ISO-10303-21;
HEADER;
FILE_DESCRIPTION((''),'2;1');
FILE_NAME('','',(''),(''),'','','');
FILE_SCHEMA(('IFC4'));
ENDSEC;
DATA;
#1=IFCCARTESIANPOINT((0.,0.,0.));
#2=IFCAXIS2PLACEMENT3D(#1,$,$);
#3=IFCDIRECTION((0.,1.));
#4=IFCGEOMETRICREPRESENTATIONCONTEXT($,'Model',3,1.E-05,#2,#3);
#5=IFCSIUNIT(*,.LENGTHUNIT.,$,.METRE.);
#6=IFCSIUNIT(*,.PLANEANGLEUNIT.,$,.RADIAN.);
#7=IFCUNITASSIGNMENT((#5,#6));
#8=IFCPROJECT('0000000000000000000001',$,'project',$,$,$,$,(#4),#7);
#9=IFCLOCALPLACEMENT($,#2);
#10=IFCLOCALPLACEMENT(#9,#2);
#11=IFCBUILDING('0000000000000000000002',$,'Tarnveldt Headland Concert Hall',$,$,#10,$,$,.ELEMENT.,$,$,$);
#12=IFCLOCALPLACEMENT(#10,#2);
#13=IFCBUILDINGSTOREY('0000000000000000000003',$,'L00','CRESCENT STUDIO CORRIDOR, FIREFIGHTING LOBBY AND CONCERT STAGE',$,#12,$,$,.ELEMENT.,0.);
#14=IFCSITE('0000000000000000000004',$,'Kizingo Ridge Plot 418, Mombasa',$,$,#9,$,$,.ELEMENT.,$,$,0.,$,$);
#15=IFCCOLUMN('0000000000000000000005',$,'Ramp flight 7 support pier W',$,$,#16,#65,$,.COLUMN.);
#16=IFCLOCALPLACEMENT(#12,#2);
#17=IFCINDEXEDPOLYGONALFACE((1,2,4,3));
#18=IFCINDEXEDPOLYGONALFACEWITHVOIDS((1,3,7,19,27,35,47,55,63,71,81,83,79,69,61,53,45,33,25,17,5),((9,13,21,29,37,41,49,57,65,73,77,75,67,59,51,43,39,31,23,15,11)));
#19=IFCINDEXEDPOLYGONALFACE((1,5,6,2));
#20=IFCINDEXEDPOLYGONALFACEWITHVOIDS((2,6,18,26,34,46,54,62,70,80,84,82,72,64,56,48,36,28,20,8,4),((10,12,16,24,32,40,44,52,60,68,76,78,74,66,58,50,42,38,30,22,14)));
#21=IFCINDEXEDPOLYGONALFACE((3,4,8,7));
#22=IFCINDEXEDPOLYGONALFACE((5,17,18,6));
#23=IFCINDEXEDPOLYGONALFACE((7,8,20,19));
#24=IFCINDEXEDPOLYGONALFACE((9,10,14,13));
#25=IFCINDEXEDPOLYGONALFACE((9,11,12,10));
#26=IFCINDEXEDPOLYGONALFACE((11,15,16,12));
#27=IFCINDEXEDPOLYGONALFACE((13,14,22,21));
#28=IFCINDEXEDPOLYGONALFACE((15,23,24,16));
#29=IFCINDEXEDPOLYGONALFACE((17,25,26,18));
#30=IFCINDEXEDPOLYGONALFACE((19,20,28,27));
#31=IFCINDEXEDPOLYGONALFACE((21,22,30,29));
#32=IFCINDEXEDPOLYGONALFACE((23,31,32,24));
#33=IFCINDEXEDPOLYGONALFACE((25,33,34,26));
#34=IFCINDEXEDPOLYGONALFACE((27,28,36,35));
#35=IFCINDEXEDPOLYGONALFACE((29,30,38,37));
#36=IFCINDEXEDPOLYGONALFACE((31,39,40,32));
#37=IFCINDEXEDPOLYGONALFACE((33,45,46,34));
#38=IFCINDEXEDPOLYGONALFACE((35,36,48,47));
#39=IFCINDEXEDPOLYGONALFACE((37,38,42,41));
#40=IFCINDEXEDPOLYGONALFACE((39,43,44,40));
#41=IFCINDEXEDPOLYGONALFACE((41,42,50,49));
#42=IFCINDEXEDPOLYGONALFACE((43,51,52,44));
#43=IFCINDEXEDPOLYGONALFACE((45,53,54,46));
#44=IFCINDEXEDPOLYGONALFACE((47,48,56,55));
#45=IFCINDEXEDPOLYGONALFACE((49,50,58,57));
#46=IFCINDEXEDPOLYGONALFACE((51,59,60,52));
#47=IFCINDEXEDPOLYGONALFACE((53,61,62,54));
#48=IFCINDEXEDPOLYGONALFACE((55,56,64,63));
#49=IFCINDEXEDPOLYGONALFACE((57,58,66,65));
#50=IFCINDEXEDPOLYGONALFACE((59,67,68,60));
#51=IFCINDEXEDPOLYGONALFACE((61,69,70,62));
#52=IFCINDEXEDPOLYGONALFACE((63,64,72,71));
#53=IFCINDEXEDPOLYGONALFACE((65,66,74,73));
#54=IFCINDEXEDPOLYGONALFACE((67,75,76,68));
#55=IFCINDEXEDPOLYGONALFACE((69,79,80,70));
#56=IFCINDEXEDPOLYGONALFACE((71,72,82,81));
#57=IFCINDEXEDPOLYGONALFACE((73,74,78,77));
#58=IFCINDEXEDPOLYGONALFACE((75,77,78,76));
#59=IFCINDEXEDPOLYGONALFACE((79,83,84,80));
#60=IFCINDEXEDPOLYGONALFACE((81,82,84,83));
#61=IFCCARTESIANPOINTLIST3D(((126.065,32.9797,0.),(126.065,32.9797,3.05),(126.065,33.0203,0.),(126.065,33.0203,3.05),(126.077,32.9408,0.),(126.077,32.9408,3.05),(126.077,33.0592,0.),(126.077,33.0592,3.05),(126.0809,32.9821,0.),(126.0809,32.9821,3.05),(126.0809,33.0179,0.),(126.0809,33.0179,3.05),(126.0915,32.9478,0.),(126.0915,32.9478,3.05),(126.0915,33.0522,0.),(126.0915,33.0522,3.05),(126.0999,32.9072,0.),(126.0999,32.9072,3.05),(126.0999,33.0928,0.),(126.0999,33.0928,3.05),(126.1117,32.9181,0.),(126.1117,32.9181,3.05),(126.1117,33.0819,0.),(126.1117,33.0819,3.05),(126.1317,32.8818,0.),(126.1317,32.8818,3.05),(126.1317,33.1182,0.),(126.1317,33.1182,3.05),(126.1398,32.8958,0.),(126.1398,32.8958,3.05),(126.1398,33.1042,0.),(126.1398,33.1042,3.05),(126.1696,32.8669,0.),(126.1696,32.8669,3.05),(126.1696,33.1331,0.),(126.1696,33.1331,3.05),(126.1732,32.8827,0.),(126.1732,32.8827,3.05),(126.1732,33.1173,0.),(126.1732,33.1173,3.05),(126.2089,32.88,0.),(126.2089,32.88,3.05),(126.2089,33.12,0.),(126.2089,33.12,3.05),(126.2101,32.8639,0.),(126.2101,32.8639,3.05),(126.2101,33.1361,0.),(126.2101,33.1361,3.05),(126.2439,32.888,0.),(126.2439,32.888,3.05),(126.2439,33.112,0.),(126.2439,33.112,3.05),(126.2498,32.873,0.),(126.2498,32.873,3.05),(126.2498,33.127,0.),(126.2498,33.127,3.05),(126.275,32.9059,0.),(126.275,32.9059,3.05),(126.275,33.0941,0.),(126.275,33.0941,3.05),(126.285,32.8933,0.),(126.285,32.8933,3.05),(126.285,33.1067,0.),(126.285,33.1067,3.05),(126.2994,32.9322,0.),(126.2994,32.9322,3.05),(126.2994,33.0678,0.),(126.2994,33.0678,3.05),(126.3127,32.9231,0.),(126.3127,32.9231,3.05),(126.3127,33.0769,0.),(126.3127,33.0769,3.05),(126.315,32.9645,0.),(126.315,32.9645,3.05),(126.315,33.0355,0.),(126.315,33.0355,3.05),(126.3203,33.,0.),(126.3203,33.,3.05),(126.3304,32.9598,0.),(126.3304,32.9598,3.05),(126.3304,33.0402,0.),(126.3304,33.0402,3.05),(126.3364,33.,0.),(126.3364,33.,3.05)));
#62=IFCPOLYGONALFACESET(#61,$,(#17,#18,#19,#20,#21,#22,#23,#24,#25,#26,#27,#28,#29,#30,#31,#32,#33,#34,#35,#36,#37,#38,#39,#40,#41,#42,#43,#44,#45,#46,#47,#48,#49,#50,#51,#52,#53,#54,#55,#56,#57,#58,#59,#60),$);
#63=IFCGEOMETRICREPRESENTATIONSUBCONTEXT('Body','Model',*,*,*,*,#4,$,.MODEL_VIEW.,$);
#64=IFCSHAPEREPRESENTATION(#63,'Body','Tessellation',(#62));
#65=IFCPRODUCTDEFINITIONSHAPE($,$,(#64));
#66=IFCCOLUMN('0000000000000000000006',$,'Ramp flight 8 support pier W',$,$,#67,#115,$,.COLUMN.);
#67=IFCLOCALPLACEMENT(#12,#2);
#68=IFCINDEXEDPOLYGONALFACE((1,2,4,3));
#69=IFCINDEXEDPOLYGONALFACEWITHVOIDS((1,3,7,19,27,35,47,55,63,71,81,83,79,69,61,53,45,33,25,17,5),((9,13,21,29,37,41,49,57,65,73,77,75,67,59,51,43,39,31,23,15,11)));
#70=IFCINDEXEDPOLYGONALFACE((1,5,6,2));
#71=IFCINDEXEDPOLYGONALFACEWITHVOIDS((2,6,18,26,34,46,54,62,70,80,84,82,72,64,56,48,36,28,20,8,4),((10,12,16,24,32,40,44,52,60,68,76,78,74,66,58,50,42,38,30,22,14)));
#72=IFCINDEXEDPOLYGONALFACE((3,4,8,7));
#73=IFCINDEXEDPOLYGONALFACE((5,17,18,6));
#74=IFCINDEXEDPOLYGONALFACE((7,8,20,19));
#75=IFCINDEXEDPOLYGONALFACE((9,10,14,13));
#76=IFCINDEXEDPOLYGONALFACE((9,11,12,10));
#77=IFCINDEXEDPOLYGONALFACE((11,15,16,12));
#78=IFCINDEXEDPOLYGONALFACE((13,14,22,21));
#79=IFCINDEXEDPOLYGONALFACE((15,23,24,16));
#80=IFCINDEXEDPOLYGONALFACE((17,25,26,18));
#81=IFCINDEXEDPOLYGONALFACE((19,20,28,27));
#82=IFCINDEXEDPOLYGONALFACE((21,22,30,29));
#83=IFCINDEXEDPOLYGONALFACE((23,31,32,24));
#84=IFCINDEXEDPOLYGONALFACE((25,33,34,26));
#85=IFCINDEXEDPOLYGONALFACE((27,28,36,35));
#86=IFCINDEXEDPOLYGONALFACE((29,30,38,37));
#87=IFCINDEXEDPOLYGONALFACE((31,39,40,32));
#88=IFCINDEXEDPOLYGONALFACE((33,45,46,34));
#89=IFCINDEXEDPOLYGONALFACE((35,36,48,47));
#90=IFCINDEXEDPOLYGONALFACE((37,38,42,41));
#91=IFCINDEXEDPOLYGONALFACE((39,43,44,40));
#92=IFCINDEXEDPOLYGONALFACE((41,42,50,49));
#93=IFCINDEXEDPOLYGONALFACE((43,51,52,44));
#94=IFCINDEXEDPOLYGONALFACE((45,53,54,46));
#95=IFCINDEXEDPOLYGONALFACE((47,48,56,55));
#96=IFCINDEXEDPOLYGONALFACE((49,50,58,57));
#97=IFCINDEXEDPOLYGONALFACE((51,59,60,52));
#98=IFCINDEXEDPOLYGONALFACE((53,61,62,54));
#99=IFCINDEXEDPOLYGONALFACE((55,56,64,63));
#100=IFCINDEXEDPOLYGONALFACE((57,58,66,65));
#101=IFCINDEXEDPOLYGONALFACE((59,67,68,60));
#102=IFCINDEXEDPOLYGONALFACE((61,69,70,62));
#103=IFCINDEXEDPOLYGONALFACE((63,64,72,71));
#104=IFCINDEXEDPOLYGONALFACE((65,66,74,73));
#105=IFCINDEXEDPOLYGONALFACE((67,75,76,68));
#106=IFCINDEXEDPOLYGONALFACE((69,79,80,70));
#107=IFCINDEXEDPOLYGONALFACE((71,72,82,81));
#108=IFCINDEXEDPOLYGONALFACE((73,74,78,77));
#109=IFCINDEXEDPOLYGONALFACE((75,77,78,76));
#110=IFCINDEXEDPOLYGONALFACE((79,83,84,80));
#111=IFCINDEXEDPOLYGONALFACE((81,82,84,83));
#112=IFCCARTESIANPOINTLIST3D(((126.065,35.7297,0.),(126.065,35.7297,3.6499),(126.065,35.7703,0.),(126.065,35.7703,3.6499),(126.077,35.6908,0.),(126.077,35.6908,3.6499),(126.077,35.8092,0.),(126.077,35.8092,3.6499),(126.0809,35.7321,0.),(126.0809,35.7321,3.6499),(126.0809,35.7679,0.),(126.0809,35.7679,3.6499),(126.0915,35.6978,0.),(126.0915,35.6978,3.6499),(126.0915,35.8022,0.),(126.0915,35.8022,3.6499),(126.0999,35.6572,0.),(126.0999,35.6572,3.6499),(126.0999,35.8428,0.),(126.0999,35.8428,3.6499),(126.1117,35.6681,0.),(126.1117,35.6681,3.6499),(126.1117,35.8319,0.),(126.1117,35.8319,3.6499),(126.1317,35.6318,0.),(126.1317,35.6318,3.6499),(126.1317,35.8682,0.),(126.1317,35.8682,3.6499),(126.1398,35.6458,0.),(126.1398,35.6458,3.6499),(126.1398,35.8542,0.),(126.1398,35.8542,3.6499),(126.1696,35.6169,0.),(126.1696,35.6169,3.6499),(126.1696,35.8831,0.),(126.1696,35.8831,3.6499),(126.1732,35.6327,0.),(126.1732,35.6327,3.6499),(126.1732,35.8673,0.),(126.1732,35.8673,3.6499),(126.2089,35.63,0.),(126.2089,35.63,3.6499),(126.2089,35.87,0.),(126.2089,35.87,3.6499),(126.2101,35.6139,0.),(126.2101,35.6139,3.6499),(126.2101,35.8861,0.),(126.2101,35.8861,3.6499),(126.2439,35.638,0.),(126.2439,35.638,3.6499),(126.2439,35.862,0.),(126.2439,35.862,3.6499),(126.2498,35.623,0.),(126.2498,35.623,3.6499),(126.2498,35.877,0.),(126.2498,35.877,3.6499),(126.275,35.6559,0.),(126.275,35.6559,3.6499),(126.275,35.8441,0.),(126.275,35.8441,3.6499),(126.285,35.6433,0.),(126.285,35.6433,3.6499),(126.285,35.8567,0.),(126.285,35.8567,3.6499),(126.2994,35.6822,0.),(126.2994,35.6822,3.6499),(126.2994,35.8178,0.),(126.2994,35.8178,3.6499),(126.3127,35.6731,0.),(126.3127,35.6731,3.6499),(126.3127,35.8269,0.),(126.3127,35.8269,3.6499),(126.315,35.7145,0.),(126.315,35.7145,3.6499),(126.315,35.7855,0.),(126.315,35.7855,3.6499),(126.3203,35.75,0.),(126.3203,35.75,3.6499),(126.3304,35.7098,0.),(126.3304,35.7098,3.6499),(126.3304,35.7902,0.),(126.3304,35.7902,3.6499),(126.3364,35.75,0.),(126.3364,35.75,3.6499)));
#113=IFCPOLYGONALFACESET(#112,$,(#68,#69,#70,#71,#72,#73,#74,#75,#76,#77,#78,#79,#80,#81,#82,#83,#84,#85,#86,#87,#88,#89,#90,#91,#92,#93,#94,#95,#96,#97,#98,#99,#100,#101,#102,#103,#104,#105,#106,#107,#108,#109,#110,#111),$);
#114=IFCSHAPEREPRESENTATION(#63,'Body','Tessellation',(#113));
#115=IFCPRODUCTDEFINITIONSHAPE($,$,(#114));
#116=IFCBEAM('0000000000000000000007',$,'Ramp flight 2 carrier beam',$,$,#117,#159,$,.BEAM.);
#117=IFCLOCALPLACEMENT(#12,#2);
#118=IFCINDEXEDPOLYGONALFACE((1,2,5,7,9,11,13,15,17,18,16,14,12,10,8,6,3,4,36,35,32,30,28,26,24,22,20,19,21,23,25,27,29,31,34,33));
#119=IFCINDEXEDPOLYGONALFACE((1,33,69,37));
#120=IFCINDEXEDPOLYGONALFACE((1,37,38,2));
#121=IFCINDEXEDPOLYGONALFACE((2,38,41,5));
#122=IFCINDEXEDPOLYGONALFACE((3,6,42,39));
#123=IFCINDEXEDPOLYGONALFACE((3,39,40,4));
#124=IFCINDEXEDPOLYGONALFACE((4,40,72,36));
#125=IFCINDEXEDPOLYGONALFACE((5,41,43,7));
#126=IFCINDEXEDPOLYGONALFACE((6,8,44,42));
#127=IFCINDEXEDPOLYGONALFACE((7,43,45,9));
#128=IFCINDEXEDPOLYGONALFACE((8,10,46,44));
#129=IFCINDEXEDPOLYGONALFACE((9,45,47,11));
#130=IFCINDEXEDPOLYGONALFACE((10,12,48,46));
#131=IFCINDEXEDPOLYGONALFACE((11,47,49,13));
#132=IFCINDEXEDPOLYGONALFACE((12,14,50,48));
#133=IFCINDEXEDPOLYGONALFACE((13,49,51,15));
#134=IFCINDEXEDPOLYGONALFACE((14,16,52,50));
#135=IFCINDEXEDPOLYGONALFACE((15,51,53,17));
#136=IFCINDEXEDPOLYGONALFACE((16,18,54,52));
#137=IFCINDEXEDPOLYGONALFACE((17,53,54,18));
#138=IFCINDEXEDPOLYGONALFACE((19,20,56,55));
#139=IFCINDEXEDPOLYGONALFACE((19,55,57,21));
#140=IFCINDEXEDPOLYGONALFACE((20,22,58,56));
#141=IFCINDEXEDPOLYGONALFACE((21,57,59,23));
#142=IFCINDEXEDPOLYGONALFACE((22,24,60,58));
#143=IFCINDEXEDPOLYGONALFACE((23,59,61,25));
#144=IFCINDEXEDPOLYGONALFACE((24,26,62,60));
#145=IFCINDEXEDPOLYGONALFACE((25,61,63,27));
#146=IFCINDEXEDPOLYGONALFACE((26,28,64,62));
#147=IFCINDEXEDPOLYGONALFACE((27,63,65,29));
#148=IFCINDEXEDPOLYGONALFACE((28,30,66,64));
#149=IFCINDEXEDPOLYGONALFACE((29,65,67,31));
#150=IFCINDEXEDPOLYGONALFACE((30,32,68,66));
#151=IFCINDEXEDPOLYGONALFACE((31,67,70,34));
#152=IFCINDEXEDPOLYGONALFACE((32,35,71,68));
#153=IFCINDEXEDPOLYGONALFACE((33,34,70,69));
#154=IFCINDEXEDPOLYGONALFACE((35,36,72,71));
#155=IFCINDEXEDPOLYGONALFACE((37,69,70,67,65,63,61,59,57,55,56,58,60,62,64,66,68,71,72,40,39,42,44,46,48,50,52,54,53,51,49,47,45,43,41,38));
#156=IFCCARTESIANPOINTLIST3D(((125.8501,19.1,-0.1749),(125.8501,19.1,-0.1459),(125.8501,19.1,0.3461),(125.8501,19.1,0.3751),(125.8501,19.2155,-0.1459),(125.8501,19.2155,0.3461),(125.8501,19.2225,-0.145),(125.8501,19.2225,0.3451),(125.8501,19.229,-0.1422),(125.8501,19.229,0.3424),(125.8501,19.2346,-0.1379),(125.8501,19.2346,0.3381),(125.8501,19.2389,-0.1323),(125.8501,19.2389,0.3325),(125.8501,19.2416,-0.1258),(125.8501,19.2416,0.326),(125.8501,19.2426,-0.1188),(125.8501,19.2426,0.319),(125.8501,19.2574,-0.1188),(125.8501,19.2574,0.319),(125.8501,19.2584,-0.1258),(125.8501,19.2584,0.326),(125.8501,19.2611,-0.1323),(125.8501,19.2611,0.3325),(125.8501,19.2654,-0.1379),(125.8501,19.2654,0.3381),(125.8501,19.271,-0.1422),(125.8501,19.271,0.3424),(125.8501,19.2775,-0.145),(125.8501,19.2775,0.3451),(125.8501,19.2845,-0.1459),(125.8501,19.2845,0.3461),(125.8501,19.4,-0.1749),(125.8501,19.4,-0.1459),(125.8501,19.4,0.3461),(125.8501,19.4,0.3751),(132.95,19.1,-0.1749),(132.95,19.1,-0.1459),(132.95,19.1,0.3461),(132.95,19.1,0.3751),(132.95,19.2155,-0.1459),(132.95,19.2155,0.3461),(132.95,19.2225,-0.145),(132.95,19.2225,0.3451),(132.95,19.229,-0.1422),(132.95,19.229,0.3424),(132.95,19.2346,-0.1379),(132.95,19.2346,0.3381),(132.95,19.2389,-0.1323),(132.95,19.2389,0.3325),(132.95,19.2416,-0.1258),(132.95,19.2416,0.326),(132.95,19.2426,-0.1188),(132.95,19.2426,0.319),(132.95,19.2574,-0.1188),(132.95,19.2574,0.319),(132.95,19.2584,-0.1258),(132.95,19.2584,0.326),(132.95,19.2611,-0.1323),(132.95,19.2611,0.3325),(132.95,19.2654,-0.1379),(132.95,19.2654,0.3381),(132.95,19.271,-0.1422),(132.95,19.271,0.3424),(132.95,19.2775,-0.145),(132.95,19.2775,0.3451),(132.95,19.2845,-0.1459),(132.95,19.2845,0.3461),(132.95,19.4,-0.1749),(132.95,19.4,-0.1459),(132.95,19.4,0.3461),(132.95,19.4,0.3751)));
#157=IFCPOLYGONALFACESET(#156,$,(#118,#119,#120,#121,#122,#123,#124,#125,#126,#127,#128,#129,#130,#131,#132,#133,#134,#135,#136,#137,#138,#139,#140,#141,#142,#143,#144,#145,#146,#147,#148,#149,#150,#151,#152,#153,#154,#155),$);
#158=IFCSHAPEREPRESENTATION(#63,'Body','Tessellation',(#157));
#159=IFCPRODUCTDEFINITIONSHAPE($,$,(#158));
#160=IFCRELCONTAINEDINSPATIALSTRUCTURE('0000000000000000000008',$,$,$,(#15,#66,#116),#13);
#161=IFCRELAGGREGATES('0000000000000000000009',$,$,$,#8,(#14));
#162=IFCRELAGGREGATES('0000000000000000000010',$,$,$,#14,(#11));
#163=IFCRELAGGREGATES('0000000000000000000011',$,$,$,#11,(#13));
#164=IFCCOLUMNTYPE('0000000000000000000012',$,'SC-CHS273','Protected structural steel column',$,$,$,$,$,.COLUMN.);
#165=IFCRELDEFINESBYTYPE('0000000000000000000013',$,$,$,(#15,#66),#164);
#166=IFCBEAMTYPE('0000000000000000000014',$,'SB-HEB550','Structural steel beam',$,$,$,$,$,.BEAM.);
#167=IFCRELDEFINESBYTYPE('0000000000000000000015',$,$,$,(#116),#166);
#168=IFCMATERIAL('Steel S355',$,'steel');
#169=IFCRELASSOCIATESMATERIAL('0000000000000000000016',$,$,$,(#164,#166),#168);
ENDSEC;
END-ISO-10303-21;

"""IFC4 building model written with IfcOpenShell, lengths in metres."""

from ifc_helpers import new_model, si_unit, direction, frame, origin, origin_2d, place, context, subcontext, project, spatial, hollow_circle, i_section, extrude, material, material_profile, profile_set, type_object, element, save


model = new_model("IFC4")

# Units and contexts
model_context = context("Model", 3, precision=1e-05, world=origin(), true_north=direction((0.0, 1.0)))
body_context = subcontext(model_context, "Body", "Model", "MODEL_VIEW")
ifc_project = project(units=[si_unit("LENGTHUNIT", "METRE"), si_unit("PLANEANGLEUNIT", "RADIAN")], contexts=[model_context])

# Site, building, storey
site_placement = place(None, origin())
site = spatial("IfcSite", under=ifc_project, at=site_placement, Name="Kizingo Ridge Plot 418, Mombasa", CompositionType="ELEMENT", RefElevation=0.0)
building_placement = place(site_placement, origin())
building = spatial("IfcBuilding", under=site, at=building_placement, Name="Tarnveldt Headland Concert Hall", CompositionType="ELEMENT")
storey_placement = place(building_placement, origin())
storey = spatial("IfcBuildingStorey", under=building, at=storey_placement, Name="L00", Description="CRESCENT STUDIO CORRIDOR, FIREFIGHTING LOBBY AND CONCERT STAGE", CompositionType="ELEMENT", Elevation=0.0)

# Columns
ifc_material_1 = material(Name="Steel S355", Category="steel")
ifc_material_profile_1 = material_profile(ifc_material_1, hollow_circle(Radius=0.1365, WallThickness=0.0161, at=origin_2d()), Name="CHS 273x16", Category="steel")
ifc_profile_set_1 = profile_set([ifc_material_profile_1], Name="Steel S355")
column_type = type_object("IfcColumnType", Name="SC-CHS273", Description="Protected structural steel column", PredefinedType="COLUMN", material=ifc_profile_set_1)
column_1_placement = place(storey_placement, frame((126.2, 33.0, 0.0), z_axis=(0.0, 0.0, 1.0), x_axis=(1.0, 0.0, 0.0)))
element("IfcColumn", 1, at=column_1_placement, inside=storey, type_object=column_type, Name="Ramp flight 7 support pier W", PredefinedType="COLUMN", context=body_context, shape_type="SweptSolid", body=[
    extrude(hollow_circle(Radius=0.1365, WallThickness=0.0161, at=origin_2d()), origin(), (0.0, 0.0, 1.0), 3.05),
])
column_2_placement = place(storey_placement, frame((126.2, 35.75, 0.0), z_axis=(0.0, 0.0, 1.0), x_axis=(1.0, 0.0, 0.0)))
element("IfcColumn", 2, at=column_2_placement, inside=storey, type_object=column_type, Name="Ramp flight 8 support pier W", PredefinedType="COLUMN", context=body_context, shape_type="SweptSolid", body=[
    extrude(hollow_circle(Radius=0.1365, WallThickness=0.0161, at=origin_2d()), origin(), (0.0, 0.0, 1.0), 3.6499),
])

# Beam
ifc_material_profile_2 = material_profile(ifc_material_1, i_section(OverallWidth=0.3, OverallDepth=0.55, WebThickness=0.0149, FlangeThickness=0.0291, FilletRadius=0.0271, at=origin_2d()), Name="HEB550", Category="steel")
ifc_profile_set_2 = profile_set([ifc_material_profile_2], Name="Steel S355")
beam_type_1 = type_object("IfcBeamType", Name="SB-HEB550", Description="Structural steel beam", PredefinedType="BEAM", material=ifc_profile_set_2)
beam_1_placement = place(storey_placement, frame((125.8501, 19.25, 0.1001), z_axis=(1.0, 0.0, 0.0), x_axis=(0.0, 1.0, 0.0)))
element("IfcBeam", 3, at=beam_1_placement, inside=storey, type_object=beam_type_1, Name="Ramp flight 2 carrier beam", PredefinedType="BEAM", context=body_context, shape_type="SweptSolid", body=[
    extrude(i_section(OverallWidth=0.3, OverallDepth=0.55, WebThickness=0.0149, FlangeThickness=0.0291, FilletRadius=0.0271, at=origin_2d()), origin(), (0.0, 0.0, 1.0), 7.0999),
])

save(model, "model.ifc")
